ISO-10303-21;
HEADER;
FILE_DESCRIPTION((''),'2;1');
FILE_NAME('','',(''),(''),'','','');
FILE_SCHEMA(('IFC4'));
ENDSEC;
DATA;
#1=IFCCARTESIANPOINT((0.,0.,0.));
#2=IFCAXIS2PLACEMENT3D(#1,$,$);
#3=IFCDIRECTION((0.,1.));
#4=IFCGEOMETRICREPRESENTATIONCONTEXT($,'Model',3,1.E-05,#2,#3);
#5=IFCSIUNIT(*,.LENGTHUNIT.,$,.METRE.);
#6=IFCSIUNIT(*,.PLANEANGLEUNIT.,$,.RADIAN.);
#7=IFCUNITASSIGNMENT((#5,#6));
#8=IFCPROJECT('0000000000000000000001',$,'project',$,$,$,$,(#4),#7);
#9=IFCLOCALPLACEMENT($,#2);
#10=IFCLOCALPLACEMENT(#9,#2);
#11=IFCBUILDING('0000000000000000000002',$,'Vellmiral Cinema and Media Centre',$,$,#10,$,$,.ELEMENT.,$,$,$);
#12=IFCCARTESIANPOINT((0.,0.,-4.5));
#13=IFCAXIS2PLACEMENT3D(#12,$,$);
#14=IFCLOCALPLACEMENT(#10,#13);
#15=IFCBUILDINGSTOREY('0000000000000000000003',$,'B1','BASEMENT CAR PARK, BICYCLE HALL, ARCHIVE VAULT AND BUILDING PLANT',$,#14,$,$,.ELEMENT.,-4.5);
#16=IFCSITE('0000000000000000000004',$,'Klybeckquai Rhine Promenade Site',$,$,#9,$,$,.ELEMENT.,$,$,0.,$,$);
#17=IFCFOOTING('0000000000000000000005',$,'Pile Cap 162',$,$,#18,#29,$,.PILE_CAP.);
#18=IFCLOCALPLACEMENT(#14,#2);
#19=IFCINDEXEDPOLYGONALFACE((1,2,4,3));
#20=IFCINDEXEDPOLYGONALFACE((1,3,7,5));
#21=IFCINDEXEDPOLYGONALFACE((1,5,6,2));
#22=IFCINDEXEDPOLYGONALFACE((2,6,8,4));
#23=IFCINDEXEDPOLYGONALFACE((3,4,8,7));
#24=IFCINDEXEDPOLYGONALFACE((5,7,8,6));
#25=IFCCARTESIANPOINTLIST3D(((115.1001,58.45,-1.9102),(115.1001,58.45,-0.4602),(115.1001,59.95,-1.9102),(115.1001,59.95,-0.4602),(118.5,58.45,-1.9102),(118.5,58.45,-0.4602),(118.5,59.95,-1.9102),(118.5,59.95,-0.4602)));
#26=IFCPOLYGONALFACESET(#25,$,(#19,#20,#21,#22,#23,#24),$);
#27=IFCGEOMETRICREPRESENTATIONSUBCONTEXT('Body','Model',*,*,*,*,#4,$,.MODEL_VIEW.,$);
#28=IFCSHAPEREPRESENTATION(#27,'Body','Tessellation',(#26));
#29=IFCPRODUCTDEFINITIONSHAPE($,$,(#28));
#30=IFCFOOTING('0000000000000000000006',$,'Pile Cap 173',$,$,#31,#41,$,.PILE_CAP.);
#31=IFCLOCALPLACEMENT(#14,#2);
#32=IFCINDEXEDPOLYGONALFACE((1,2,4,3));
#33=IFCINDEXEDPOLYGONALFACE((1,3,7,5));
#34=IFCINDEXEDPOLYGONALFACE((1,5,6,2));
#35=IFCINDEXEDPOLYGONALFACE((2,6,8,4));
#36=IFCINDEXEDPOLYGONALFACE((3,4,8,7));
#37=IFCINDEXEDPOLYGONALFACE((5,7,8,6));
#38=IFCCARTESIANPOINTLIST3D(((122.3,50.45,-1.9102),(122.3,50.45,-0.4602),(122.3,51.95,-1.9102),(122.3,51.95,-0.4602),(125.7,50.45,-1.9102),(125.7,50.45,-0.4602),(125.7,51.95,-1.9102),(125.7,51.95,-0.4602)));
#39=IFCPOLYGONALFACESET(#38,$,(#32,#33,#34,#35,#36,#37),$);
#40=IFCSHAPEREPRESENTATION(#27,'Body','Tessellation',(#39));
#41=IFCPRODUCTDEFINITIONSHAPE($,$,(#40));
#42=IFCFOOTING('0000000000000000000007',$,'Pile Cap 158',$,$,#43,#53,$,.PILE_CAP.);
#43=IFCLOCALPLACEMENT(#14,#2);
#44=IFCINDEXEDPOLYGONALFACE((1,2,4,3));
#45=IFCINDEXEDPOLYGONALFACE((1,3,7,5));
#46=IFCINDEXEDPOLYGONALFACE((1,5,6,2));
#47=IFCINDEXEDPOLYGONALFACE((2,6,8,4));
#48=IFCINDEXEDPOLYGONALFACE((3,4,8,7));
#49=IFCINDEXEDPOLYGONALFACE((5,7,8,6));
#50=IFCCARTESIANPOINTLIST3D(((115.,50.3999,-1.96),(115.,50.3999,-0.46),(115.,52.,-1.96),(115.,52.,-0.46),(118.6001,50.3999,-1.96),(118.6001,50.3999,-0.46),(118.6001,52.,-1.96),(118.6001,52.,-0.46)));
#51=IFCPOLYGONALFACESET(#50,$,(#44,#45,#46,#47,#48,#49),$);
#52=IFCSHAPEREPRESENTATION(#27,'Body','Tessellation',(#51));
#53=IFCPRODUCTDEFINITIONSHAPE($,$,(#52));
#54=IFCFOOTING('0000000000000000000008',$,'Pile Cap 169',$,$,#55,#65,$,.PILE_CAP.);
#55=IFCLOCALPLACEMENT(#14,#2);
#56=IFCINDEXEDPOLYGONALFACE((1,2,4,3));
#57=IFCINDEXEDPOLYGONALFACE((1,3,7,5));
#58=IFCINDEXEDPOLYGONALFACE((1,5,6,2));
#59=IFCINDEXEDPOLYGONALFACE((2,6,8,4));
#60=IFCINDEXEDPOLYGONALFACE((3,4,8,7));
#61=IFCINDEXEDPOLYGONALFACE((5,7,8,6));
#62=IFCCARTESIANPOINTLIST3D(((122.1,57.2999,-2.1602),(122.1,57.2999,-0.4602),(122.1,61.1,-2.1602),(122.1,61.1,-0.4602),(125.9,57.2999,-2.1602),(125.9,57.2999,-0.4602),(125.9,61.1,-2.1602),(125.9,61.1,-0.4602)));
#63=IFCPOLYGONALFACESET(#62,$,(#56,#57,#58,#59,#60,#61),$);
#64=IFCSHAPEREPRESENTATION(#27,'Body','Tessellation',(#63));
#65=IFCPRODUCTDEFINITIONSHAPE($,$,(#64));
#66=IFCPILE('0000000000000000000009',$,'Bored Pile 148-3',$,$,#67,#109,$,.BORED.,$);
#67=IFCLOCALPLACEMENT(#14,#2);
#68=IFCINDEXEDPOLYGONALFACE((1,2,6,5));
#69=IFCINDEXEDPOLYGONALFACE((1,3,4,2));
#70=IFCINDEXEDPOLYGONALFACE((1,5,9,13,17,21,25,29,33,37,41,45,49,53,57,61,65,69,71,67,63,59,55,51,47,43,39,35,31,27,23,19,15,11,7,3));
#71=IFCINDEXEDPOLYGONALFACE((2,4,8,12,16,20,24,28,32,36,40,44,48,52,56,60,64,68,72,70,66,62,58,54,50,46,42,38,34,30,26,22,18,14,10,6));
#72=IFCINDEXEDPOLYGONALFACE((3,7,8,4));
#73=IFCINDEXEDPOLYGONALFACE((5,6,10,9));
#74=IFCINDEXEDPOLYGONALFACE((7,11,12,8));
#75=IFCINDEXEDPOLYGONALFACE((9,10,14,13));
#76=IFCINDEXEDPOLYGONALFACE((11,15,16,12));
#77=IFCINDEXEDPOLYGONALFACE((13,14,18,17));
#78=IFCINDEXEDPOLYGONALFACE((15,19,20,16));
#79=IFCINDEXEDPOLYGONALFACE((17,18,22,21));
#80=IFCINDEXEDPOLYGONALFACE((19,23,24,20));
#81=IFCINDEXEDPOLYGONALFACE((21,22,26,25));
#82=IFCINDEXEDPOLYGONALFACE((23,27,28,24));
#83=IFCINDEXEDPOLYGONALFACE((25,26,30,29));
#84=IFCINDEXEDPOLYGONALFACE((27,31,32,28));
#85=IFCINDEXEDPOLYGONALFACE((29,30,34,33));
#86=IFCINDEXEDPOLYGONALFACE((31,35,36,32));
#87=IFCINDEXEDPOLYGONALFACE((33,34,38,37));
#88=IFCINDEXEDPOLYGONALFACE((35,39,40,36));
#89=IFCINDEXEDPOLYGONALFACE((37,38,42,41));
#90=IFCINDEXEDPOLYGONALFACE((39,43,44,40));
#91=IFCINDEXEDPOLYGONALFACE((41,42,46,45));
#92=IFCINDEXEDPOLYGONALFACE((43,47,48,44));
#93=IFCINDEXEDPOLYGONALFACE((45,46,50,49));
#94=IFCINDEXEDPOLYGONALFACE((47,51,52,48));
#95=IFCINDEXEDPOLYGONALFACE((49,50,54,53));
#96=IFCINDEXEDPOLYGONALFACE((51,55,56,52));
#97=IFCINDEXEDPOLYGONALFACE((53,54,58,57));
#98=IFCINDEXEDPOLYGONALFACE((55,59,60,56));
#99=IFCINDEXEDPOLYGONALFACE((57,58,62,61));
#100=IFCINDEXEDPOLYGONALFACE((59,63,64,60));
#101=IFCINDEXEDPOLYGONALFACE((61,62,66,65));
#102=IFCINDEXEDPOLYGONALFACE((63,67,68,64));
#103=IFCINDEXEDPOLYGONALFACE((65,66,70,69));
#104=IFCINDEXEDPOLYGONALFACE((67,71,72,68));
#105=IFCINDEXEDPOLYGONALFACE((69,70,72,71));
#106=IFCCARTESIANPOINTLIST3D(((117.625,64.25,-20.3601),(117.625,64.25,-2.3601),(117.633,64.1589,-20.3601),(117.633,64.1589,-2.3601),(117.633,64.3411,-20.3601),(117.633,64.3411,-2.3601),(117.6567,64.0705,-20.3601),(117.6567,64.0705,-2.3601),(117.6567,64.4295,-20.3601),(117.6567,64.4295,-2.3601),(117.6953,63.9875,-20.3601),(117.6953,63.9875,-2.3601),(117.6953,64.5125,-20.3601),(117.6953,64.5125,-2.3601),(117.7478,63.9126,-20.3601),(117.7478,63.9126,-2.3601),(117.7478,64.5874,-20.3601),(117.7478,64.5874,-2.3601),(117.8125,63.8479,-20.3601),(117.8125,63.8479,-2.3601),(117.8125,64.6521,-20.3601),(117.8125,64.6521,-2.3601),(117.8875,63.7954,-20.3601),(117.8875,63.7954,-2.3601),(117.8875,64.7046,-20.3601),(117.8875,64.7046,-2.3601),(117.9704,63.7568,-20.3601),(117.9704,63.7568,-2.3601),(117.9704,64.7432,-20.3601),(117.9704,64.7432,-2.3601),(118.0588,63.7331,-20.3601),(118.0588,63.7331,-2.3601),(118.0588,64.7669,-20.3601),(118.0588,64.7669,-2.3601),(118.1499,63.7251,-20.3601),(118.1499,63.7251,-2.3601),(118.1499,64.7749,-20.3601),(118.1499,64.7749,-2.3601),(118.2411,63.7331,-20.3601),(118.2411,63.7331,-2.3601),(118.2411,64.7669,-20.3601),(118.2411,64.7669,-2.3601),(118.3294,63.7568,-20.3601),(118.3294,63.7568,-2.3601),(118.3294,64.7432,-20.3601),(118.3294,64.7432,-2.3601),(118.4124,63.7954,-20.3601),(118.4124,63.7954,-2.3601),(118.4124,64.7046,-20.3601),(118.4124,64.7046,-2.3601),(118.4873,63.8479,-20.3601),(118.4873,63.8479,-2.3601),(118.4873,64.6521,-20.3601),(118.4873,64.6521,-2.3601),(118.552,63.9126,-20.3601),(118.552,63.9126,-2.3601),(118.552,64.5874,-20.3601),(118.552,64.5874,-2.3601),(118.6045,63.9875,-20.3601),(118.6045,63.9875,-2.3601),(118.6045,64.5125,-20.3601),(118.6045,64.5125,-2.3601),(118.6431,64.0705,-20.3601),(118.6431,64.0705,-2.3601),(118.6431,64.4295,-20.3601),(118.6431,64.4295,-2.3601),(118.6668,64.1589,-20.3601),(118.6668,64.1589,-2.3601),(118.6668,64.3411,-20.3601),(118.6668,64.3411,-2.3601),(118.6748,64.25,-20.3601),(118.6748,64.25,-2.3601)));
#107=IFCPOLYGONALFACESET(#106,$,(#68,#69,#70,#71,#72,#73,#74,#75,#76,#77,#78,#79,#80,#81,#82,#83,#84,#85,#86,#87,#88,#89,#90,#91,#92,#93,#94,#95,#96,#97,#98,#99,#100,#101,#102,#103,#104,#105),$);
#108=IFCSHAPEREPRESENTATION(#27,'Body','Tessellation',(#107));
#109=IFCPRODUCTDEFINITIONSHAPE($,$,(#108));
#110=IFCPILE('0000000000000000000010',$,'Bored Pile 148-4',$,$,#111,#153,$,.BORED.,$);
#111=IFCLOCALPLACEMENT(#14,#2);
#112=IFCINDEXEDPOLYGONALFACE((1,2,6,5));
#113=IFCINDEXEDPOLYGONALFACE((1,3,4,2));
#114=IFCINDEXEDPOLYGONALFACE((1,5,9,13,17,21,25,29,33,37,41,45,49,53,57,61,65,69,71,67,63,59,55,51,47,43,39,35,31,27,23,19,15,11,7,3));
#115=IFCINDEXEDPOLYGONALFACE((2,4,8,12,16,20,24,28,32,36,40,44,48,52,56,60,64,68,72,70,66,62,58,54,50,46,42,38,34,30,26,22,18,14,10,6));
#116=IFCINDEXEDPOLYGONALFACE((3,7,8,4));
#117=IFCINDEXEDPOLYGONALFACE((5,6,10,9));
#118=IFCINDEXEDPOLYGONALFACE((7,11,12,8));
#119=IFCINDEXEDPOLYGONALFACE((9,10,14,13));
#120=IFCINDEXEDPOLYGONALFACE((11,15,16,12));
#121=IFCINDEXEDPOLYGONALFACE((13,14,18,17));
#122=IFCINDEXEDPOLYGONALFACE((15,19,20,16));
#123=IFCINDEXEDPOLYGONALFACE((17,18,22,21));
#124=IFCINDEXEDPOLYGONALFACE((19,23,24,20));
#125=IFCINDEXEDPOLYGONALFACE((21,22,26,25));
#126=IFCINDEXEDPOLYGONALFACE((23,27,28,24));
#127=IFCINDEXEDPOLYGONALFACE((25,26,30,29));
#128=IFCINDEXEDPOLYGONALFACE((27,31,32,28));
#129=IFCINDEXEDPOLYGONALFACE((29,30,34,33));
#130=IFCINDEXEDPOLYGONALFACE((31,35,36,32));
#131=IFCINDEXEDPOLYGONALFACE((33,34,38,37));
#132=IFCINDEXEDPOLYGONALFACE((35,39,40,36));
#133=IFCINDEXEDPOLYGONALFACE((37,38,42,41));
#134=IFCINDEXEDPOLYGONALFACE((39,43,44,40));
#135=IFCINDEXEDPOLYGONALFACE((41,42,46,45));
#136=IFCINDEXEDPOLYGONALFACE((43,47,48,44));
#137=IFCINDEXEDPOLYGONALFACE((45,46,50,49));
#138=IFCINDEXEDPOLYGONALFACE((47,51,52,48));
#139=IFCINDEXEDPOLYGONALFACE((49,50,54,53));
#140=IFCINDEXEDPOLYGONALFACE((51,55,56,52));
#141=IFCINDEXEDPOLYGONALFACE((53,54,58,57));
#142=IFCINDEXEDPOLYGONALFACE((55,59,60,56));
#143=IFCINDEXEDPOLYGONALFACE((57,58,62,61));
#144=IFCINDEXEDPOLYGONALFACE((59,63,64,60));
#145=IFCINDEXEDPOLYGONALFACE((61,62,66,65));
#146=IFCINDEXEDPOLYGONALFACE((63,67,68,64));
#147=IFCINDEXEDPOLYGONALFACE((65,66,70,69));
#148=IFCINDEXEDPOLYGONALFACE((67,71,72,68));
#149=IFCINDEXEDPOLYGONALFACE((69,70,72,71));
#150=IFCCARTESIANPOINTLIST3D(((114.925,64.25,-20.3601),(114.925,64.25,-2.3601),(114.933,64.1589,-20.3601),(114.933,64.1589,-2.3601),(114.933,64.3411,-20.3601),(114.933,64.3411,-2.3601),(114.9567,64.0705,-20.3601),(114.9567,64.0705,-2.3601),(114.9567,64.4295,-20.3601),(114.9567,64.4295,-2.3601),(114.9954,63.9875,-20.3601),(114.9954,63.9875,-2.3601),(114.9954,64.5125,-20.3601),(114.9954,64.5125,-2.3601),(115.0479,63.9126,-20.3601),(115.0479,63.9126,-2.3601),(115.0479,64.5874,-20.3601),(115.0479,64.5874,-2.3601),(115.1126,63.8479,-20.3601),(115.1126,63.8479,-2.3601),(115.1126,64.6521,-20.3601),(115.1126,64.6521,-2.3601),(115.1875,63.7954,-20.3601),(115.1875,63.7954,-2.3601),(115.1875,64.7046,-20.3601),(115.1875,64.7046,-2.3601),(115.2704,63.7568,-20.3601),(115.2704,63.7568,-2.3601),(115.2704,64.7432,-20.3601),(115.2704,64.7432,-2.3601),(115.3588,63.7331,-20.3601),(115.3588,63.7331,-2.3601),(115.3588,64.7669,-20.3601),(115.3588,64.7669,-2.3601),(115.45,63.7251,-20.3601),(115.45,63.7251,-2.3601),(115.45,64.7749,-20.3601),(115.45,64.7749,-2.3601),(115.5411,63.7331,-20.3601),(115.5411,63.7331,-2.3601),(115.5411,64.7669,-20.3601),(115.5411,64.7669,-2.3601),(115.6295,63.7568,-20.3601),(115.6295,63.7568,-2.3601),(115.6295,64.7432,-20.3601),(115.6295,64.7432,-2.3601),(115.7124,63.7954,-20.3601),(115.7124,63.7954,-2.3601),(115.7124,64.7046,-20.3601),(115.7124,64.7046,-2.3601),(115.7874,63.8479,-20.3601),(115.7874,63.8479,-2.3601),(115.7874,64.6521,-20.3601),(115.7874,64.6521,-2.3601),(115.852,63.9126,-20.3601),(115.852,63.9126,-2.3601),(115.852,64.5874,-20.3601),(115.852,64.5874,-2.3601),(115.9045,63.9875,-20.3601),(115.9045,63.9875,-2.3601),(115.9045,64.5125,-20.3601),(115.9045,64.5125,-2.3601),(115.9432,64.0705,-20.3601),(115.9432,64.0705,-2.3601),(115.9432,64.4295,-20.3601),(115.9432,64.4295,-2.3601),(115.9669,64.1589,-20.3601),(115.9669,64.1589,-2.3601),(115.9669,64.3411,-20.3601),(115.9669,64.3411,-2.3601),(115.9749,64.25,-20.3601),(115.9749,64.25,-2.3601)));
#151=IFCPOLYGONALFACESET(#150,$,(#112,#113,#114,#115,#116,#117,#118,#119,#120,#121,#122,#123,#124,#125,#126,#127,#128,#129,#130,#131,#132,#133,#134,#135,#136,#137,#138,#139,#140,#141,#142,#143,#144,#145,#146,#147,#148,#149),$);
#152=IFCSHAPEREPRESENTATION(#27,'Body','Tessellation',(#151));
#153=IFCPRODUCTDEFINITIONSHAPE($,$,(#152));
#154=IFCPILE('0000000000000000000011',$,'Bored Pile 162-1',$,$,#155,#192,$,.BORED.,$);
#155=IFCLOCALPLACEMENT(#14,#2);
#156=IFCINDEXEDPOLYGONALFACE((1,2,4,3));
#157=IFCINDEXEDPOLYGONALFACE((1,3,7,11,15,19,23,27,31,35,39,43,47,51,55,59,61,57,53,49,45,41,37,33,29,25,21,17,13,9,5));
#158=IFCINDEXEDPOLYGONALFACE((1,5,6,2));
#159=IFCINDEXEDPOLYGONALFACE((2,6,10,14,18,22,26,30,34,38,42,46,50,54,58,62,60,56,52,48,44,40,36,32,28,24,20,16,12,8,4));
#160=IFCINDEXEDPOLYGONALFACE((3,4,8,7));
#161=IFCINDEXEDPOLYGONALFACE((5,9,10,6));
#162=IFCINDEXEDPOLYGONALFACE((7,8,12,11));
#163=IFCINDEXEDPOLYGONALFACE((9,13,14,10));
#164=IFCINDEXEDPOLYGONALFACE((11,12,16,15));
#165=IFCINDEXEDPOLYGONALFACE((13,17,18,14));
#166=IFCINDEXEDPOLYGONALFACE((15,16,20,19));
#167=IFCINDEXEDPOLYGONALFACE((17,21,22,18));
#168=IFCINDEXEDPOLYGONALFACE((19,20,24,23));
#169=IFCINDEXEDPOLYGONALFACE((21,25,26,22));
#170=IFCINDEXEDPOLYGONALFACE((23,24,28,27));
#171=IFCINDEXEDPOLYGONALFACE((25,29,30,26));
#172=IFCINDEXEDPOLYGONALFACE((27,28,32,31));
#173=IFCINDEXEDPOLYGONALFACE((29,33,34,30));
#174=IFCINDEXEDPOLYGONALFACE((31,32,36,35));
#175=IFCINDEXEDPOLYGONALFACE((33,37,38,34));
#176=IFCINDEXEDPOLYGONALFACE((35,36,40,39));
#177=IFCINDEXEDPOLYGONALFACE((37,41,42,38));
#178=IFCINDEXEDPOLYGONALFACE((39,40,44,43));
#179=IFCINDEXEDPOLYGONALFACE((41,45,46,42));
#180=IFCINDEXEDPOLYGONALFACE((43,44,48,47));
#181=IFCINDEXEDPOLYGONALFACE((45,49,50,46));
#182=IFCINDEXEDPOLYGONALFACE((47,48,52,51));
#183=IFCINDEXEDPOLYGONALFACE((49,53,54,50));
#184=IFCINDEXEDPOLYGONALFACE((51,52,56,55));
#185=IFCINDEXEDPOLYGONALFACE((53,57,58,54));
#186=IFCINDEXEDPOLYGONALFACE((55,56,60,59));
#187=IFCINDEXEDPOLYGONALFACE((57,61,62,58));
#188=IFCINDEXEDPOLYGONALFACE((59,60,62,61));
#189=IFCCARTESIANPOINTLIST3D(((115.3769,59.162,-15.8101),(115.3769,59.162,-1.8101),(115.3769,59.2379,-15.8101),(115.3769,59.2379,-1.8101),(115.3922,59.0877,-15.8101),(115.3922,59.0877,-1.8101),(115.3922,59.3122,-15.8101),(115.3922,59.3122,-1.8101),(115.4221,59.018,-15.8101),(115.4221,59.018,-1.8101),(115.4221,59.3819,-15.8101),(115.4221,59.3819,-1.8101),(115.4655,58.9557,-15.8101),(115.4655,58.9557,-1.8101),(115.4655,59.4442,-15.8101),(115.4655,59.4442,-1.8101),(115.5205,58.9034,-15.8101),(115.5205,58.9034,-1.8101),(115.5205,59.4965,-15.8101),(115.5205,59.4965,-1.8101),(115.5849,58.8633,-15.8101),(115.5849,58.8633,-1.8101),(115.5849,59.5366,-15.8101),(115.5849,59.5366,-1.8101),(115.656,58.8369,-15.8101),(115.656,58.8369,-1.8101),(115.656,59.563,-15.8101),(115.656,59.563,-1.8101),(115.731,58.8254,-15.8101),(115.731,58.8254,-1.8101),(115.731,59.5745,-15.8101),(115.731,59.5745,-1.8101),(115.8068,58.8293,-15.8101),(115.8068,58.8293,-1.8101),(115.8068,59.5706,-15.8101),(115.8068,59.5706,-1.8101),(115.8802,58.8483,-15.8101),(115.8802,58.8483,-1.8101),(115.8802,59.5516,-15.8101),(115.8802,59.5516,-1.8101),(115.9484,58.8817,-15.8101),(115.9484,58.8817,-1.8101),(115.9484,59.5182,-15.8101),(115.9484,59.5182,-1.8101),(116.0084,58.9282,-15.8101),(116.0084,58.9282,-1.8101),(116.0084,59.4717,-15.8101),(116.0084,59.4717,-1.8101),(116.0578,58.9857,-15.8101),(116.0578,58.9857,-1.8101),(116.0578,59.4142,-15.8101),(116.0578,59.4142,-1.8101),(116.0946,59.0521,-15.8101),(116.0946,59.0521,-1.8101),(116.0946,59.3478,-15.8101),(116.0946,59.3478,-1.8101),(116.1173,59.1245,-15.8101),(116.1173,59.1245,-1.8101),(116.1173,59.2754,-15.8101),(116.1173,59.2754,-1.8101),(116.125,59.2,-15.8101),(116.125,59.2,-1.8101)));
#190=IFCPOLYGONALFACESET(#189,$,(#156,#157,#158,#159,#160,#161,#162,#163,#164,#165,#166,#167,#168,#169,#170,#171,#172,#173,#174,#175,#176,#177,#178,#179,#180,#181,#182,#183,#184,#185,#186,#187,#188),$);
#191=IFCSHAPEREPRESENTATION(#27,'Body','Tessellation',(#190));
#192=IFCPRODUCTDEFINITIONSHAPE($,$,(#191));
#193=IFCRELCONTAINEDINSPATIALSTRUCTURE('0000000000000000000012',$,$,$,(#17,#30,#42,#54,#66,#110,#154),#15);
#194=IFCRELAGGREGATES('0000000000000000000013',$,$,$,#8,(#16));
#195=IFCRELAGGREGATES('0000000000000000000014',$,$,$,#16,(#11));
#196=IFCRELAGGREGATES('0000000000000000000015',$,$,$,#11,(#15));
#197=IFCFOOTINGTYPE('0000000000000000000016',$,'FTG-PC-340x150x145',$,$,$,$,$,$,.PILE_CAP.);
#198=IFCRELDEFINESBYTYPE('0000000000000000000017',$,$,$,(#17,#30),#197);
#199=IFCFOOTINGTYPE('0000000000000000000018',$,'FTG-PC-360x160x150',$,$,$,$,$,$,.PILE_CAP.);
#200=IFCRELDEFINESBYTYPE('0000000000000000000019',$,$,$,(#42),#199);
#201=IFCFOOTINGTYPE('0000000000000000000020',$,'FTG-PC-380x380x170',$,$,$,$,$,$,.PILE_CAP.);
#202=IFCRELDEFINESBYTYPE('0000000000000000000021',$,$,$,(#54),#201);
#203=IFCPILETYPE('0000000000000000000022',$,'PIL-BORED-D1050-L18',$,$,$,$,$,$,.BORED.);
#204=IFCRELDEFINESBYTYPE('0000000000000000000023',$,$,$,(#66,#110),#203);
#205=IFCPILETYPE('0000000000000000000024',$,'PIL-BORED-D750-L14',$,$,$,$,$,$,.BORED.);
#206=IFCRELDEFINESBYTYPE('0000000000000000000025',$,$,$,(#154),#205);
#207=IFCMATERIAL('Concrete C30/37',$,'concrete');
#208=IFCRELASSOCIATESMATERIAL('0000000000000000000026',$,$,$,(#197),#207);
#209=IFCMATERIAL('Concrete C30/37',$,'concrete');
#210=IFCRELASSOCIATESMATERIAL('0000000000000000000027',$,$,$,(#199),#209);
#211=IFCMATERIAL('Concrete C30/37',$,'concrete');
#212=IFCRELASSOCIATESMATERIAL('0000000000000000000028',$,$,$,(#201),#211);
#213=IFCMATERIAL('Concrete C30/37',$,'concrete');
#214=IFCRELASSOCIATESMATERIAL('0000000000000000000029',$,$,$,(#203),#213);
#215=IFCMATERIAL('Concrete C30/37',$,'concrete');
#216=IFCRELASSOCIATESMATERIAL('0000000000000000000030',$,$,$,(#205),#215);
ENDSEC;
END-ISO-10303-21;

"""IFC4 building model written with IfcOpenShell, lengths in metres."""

from ifc_helpers import new_model, si_unit, direction, frame, origin, origin_2d, place, context, subcontext, project, spatial, rectangle, circle, extrude, material, material_profile, profile_set, type_object, element, save


model = new_model("IFC4")

# Units and contexts
model_context = context("Model", 3, precision=1e-05, world=origin(), true_north=direction((0.0, 1.0)))
body_context = subcontext(model_context, "Body", "Model", "MODEL_VIEW")
ifc_project = project(units=[si_unit("LENGTHUNIT", "METRE"), si_unit("PLANEANGLEUNIT", "RADIAN")], contexts=[model_context])

# Site, building, storey
site_placement = place(None, origin())
site = spatial("IfcSite", under=ifc_project, at=site_placement, Name="Klybeckquai Rhine Promenade Site", CompositionType="ELEMENT", RefElevation=0.0)
building_placement = place(site_placement, origin())
building = spatial("IfcBuilding", under=site, at=building_placement, Name="Vellmiral Cinema and Media Centre", CompositionType="ELEMENT")
storey_placement = place(building_placement, frame((0.0, 0.0, -4.5)))
storey = spatial("IfcBuildingStorey", under=building, at=storey_placement, Name="B1", Description="BASEMENT CAR PARK, BICYCLE HALL, ARCHIVE VAULT AND BUILDING PLANT", CompositionType="ELEMENT", Elevation=-4.5)

# Footings
ifc_material_1 = material(Name="Concrete C30/37", Category="concrete")
footing_type_1 = type_object("IfcFootingType", Name="FTG-PC-340x150x145", PredefinedType="PILE_CAP", material=ifc_material_1)
for number, where, z_axis, x_axis, name in (
    (1, (116.8, 59.2, -1.9102), (0.0, 0.0, 1.0), (1.0, 0.0, 0.0), "Pile Cap 162"),
    (2, (124.0, 51.2, -1.9102), (0.0, 0.0, 1.0), (1.0, 0.0, 0.0), "Pile Cap 173"),
):
    element("IfcFooting", number, at=place(storey_placement, frame(where, z_axis=z_axis, x_axis=x_axis)), inside=storey, type_object=footing_type_1, Name=name, PredefinedType="PILE_CAP", context=body_context, shape_type="SweptSolid", body=[
        extrude(rectangle(XDim=3.3999, YDim=1.5, at=origin_2d()), origin(), (0.0, 0.0, 1.0), 1.45),
    ])
ifc_material_2 = material(Name="Concrete C30/37", Category="concrete")
footing_type_2 = type_object("IfcFootingType", Name="FTG-PC-360x160x150", PredefinedType="PILE_CAP", material=ifc_material_2)
footing_1_placement = place(storey_placement, frame((116.8, 51.2, -1.96), z_axis=(0.0, 0.0, 1.0), x_axis=(1.0, 0.0, 0.0)))
element("IfcFooting", 3, at=footing_1_placement, inside=storey, type_object=footing_type_2, Name="Pile Cap 158", PredefinedType="PILE_CAP", context=body_context, shape_type="SweptSolid", body=[
    extrude(rectangle(XDim=3.6001, YDim=1.6001, at=origin_2d()), origin(), (0.0, 0.0, 1.0), 1.5),
])
ifc_material_3 = material(Name="Concrete C30/37", Category="concrete")
footing_type_3 = type_object("IfcFootingType", Name="FTG-PC-380x380x170", PredefinedType="PILE_CAP", material=ifc_material_3)
footing_2_placement = place(storey_placement, frame((124.0, 59.2, -2.1602), z_axis=(0.0, 0.0, 1.0), x_axis=(1.0, 0.0, 0.0)))
element("IfcFooting", 4, at=footing_2_placement, inside=storey, type_object=footing_type_3, Name="Pile Cap 169", PredefinedType="PILE_CAP", context=body_context, shape_type="SweptSolid", body=[
    extrude(rectangle(XDim=3.8, YDim=3.8, at=origin_2d()), origin(), (0.0, 0.0, 1.0), 1.7),
])

# Piles
ifc_material_4 = material(Name="Concrete C30/37", Category="concrete")
ifc_material_profile_1 = material_profile(ifc_material_4, circle(Radius=0.5249, at=origin_2d()), Name="PILE D1050")
ifc_profile_set_1 = profile_set([ifc_material_profile_1], Name="Concrete C30/37")
pile_type_1 = type_object("IfcPileType", Name="PIL-BORED-D1050-L18", PredefinedType="BORED", material=ifc_profile_set_1)
for number, where, z_axis, x_axis, name in (
    (5, (118.1499, 64.25, -2.3601), (0.0, 0.0, -1.0), (1.0, 0.0, 0.0), "Bored Pile 148-3"),
    (6, (115.45, 64.25, -2.3601), (0.0, 0.0, -1.0), (1.0, 0.0, 0.0), "Bored Pile 148-4"),
):
    element("IfcPile", number, at=place(storey_placement, frame(where, z_axis=z_axis, x_axis=x_axis)), inside=storey, type_object=pile_type_1, Name=name, PredefinedType="BORED", context=body_context, shape_type="SweptSolid", body=[
        extrude(circle(Radius=0.5249, at=origin_2d()), origin(), (0.0, 0.0, 1.0), 18.0),
    ])
ifc_material_5 = material(Name="Concrete C30/37", Category="concrete")
ifc_material_profile_2 = material_profile(ifc_material_5, circle(Radius=0.375, at=origin_2d()), Name="PILE D750")
ifc_profile_set_2 = profile_set([ifc_material_profile_2], Name="Concrete C30/37")
pile_type_2 = type_object("IfcPileType", Name="PIL-BORED-D750-L14", PredefinedType="BORED", material=ifc_profile_set_2)
for number, where, z_axis, x_axis, name in (
    (7, (115.75, 59.2, -1.8101), (0.0, 0.0, -1.0), (1.0, 0.0, 0.0), "Bored Pile 162-1"),
):
    element("IfcPile", number, at=place(storey_placement, frame(where, z_axis=z_axis, x_axis=x_axis)), inside=storey, type_object=pile_type_2, Name=name, PredefinedType="BORED", context=body_context, shape_type="SweptSolid", body=[
        extrude(circle(Radius=0.375, at=origin_2d()), origin(), (0.0, 0.0, 1.0), 14.0),
    ])

save(model, "model.ifc")
